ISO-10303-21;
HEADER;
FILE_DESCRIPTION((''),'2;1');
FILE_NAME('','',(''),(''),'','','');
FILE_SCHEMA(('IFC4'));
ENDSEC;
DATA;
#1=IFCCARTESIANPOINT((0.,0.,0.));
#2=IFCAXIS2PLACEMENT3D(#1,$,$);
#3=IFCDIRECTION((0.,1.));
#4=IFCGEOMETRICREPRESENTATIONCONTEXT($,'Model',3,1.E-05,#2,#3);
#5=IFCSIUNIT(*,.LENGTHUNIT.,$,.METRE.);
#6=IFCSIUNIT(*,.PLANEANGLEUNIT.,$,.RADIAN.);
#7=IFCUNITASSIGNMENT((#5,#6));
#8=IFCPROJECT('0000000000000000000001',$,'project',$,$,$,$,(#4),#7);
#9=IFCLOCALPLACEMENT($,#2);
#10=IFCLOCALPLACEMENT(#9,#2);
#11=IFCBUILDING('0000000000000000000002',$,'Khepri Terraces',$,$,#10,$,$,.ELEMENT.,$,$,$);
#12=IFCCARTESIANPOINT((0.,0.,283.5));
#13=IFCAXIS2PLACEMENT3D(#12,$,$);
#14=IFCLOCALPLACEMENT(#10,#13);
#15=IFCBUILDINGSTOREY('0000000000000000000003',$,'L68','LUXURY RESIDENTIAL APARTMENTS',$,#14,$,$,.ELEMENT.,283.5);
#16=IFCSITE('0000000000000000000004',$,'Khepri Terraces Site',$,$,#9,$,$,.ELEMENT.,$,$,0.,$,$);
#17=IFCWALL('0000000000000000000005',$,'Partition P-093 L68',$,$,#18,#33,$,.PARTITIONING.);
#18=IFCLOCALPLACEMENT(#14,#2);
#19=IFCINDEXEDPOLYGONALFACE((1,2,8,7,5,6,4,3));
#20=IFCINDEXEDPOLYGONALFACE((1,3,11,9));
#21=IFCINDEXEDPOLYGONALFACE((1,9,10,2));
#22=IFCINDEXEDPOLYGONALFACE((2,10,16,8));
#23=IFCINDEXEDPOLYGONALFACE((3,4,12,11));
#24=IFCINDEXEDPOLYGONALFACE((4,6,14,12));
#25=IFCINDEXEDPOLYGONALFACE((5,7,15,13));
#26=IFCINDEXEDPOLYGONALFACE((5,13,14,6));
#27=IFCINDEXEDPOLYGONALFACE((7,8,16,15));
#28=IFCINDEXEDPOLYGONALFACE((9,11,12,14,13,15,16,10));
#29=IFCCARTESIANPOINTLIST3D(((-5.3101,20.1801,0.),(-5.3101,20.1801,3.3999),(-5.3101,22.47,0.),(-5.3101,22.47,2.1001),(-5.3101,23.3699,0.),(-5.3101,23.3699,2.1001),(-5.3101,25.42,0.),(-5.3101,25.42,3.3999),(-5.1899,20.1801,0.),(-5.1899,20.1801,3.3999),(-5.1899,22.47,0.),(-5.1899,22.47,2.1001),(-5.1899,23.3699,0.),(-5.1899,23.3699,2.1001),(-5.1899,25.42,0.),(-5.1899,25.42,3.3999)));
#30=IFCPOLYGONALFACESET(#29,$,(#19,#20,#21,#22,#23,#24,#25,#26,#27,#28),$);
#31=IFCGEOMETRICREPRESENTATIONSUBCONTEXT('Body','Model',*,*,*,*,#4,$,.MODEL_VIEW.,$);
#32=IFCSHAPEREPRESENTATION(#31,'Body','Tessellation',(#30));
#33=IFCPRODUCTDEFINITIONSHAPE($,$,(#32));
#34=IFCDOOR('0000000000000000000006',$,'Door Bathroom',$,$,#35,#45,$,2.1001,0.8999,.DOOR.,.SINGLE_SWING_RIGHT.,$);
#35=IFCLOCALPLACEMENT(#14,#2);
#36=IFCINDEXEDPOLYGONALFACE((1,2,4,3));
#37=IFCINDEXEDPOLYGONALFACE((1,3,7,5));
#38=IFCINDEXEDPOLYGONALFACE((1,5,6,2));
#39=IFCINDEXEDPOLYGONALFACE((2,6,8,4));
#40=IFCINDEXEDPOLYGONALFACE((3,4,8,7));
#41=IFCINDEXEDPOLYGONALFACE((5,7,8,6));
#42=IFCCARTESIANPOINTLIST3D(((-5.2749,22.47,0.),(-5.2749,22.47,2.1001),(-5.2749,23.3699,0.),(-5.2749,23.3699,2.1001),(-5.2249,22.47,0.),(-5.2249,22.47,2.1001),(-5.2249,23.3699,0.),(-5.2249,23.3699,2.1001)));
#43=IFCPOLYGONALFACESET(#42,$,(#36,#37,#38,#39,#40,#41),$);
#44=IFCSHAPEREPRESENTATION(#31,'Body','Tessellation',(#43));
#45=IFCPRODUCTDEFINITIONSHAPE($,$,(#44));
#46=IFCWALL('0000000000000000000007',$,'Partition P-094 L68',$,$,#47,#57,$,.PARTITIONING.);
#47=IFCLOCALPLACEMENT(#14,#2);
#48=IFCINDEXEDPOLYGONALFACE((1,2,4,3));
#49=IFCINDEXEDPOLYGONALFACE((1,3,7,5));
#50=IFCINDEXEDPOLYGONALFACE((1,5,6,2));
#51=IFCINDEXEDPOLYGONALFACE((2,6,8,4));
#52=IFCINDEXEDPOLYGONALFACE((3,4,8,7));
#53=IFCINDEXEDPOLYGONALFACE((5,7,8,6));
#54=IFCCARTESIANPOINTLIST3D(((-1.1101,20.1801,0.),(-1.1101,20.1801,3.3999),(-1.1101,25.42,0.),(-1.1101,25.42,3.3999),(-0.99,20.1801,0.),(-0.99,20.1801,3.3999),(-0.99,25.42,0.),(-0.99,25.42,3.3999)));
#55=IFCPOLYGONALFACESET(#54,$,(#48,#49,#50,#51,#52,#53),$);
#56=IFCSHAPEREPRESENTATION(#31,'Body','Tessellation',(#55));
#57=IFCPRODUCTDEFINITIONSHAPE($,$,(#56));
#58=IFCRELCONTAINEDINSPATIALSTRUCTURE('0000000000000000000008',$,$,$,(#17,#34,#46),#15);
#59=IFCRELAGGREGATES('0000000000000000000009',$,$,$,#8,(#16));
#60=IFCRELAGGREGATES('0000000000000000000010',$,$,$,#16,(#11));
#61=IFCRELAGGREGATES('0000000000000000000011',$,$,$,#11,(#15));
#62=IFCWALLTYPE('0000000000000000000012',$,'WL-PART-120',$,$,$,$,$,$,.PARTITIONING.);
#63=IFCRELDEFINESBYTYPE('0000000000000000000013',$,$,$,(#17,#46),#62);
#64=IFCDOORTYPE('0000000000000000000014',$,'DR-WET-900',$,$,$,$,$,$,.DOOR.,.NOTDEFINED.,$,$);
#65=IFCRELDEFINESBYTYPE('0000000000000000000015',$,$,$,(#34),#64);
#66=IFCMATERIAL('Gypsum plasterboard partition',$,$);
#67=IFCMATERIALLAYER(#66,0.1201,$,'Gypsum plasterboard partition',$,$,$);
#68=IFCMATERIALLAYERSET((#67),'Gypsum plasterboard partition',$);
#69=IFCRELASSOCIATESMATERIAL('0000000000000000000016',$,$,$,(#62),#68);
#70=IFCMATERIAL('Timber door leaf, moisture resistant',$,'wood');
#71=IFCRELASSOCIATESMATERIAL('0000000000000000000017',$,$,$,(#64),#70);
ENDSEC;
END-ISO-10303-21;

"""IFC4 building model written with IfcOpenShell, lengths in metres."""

from ifc_helpers import new_model, si_unit, direction, frame, frame_2d, origin, place, context, subcontext, project, spatial, rectangle, extrude, material, layer, layer_set, type_object, element, fill, save


model = new_model("IFC4")

# Units and contexts
model_context = context("Model", 3, precision=1e-05, world=origin(), true_north=direction((0.0, 1.0)))
body_context = subcontext(model_context, "Body", "Model", "MODEL_VIEW")
ifc_project = project(units=[si_unit("LENGTHUNIT", "METRE"), si_unit("PLANEANGLEUNIT", "RADIAN")], contexts=[model_context])

# Site, building, storey
site_placement = place(None, origin())
site = spatial("IfcSite", under=ifc_project, at=site_placement, Name="Khepri Terraces Site", CompositionType="ELEMENT", RefElevation=0.0)
building_placement = place(site_placement, origin())
building = spatial("IfcBuilding", under=site, at=building_placement, Name="Khepri Terraces", CompositionType="ELEMENT")
storey_placement = place(building_placement, frame((0.0, 0.0, 283.5)))
storey = spatial("IfcBuildingStorey", under=building, at=storey_placement, Name="L68", Description="LUXURY RESIDENTIAL APARTMENTS", CompositionType="ELEMENT", Elevation=283.5)

# Shared definitions
ifc_material_1 = material(Name="Gypsum plasterboard partition")
ifc_layer_1 = layer(ifc_material_1, 0.1201, Name="Gypsum plasterboard partition")
ifc_layer_set_1 = layer_set([ifc_layer_1], Name="Gypsum plasterboard partition")
wall_type_1 = type_object("IfcWallType", Name="WL-PART-120", PredefinedType="PARTITIONING", material=ifc_layer_set_1)

# Shared definitions
ifc_material_2 = material(Name="Timber door leaf, moisture resistant", Category="wood")
door_type_1 = type_object("IfcDoorType", Name="DR-WET-900", OperationType="NOTDEFINED", PredefinedType="DOOR", material=ifc_material_2)

# Wall, opening, door
wall_1_placement = place(storey_placement, frame((-5.25, 20.1799, 0.0), z_axis=(0.0, 0.0, 1.0), x_axis=(0.0, 1.0, 0.0)))
wall_1 = element("IfcWall", 1, at=wall_1_placement, inside=storey, type_object=wall_type_1, Name="Partition P-093 L68", PredefinedType="PARTITIONING", context=body_context, shape_type="SweptSolid", body=[
    extrude(rectangle(XDim=5.24, YDim=0.1201, at=frame_2d((2.6201, 0.0))), origin(), (0.0, 0.0, 1.0), 3.3999),
])
opening_1_placement = place(wall_1_placement, frame((2.29, 0.0, 0.0)))
opening_1 = element("IfcOpeningElement", 2, at=opening_1_placement, cuts=wall_1, PredefinedType="OPENING", context=body_context, shape_type="SweptSolid", body=[
    extrude(rectangle(XDim=0.8999, YDim=2.1001, at=frame_2d((0.45, 1.05))), frame((0.0, 0.0701, 0.0), z_axis=(0.0, -1.0, 0.0), x_axis=(1.0, 0.0, 0.0)), (0.0, 0.0, 1.0), 0.1401),
])
door_1_placement = place(opening_1_placement, origin())
door_1 = element("IfcDoor", 3, at=door_1_placement, inside=storey, type_object=door_type_1, Name="Door Bathroom", OperationType="SINGLE_SWING_RIGHT", OverallHeight=2.1001, OverallWidth=0.8999, PredefinedType="DOOR", context=body_context, shape_type="SweptSolid", body=[
    extrude(rectangle(XDim=0.8999, YDim=2.1001, at=frame_2d((0.45, 1.05))), frame((0.0, 0.0249, 0.0), z_axis=(0.0, -1.0, 0.0), x_axis=(1.0, 0.0, 0.0)), (0.0, 0.0, 1.0), 0.05),
])
fill(opening_1, door_1)

# Wall
wall_2_placement = place(storey_placement, frame((-1.05, 20.1799, 0.0), z_axis=(0.0, 0.0, 1.0), x_axis=(0.0, 1.0, 0.0)))
element("IfcWall", 4, at=wall_2_placement, inside=storey, type_object=wall_type_1, Name="Partition P-094 L68", PredefinedType="PARTITIONING", context=body_context, shape_type="SweptSolid", body=[
    extrude(rectangle(XDim=5.24, YDim=0.1201, at=frame_2d((2.6201, 0.0))), origin(), (0.0, 0.0, 1.0), 3.3999),
])

save(model, "model.ifc")
